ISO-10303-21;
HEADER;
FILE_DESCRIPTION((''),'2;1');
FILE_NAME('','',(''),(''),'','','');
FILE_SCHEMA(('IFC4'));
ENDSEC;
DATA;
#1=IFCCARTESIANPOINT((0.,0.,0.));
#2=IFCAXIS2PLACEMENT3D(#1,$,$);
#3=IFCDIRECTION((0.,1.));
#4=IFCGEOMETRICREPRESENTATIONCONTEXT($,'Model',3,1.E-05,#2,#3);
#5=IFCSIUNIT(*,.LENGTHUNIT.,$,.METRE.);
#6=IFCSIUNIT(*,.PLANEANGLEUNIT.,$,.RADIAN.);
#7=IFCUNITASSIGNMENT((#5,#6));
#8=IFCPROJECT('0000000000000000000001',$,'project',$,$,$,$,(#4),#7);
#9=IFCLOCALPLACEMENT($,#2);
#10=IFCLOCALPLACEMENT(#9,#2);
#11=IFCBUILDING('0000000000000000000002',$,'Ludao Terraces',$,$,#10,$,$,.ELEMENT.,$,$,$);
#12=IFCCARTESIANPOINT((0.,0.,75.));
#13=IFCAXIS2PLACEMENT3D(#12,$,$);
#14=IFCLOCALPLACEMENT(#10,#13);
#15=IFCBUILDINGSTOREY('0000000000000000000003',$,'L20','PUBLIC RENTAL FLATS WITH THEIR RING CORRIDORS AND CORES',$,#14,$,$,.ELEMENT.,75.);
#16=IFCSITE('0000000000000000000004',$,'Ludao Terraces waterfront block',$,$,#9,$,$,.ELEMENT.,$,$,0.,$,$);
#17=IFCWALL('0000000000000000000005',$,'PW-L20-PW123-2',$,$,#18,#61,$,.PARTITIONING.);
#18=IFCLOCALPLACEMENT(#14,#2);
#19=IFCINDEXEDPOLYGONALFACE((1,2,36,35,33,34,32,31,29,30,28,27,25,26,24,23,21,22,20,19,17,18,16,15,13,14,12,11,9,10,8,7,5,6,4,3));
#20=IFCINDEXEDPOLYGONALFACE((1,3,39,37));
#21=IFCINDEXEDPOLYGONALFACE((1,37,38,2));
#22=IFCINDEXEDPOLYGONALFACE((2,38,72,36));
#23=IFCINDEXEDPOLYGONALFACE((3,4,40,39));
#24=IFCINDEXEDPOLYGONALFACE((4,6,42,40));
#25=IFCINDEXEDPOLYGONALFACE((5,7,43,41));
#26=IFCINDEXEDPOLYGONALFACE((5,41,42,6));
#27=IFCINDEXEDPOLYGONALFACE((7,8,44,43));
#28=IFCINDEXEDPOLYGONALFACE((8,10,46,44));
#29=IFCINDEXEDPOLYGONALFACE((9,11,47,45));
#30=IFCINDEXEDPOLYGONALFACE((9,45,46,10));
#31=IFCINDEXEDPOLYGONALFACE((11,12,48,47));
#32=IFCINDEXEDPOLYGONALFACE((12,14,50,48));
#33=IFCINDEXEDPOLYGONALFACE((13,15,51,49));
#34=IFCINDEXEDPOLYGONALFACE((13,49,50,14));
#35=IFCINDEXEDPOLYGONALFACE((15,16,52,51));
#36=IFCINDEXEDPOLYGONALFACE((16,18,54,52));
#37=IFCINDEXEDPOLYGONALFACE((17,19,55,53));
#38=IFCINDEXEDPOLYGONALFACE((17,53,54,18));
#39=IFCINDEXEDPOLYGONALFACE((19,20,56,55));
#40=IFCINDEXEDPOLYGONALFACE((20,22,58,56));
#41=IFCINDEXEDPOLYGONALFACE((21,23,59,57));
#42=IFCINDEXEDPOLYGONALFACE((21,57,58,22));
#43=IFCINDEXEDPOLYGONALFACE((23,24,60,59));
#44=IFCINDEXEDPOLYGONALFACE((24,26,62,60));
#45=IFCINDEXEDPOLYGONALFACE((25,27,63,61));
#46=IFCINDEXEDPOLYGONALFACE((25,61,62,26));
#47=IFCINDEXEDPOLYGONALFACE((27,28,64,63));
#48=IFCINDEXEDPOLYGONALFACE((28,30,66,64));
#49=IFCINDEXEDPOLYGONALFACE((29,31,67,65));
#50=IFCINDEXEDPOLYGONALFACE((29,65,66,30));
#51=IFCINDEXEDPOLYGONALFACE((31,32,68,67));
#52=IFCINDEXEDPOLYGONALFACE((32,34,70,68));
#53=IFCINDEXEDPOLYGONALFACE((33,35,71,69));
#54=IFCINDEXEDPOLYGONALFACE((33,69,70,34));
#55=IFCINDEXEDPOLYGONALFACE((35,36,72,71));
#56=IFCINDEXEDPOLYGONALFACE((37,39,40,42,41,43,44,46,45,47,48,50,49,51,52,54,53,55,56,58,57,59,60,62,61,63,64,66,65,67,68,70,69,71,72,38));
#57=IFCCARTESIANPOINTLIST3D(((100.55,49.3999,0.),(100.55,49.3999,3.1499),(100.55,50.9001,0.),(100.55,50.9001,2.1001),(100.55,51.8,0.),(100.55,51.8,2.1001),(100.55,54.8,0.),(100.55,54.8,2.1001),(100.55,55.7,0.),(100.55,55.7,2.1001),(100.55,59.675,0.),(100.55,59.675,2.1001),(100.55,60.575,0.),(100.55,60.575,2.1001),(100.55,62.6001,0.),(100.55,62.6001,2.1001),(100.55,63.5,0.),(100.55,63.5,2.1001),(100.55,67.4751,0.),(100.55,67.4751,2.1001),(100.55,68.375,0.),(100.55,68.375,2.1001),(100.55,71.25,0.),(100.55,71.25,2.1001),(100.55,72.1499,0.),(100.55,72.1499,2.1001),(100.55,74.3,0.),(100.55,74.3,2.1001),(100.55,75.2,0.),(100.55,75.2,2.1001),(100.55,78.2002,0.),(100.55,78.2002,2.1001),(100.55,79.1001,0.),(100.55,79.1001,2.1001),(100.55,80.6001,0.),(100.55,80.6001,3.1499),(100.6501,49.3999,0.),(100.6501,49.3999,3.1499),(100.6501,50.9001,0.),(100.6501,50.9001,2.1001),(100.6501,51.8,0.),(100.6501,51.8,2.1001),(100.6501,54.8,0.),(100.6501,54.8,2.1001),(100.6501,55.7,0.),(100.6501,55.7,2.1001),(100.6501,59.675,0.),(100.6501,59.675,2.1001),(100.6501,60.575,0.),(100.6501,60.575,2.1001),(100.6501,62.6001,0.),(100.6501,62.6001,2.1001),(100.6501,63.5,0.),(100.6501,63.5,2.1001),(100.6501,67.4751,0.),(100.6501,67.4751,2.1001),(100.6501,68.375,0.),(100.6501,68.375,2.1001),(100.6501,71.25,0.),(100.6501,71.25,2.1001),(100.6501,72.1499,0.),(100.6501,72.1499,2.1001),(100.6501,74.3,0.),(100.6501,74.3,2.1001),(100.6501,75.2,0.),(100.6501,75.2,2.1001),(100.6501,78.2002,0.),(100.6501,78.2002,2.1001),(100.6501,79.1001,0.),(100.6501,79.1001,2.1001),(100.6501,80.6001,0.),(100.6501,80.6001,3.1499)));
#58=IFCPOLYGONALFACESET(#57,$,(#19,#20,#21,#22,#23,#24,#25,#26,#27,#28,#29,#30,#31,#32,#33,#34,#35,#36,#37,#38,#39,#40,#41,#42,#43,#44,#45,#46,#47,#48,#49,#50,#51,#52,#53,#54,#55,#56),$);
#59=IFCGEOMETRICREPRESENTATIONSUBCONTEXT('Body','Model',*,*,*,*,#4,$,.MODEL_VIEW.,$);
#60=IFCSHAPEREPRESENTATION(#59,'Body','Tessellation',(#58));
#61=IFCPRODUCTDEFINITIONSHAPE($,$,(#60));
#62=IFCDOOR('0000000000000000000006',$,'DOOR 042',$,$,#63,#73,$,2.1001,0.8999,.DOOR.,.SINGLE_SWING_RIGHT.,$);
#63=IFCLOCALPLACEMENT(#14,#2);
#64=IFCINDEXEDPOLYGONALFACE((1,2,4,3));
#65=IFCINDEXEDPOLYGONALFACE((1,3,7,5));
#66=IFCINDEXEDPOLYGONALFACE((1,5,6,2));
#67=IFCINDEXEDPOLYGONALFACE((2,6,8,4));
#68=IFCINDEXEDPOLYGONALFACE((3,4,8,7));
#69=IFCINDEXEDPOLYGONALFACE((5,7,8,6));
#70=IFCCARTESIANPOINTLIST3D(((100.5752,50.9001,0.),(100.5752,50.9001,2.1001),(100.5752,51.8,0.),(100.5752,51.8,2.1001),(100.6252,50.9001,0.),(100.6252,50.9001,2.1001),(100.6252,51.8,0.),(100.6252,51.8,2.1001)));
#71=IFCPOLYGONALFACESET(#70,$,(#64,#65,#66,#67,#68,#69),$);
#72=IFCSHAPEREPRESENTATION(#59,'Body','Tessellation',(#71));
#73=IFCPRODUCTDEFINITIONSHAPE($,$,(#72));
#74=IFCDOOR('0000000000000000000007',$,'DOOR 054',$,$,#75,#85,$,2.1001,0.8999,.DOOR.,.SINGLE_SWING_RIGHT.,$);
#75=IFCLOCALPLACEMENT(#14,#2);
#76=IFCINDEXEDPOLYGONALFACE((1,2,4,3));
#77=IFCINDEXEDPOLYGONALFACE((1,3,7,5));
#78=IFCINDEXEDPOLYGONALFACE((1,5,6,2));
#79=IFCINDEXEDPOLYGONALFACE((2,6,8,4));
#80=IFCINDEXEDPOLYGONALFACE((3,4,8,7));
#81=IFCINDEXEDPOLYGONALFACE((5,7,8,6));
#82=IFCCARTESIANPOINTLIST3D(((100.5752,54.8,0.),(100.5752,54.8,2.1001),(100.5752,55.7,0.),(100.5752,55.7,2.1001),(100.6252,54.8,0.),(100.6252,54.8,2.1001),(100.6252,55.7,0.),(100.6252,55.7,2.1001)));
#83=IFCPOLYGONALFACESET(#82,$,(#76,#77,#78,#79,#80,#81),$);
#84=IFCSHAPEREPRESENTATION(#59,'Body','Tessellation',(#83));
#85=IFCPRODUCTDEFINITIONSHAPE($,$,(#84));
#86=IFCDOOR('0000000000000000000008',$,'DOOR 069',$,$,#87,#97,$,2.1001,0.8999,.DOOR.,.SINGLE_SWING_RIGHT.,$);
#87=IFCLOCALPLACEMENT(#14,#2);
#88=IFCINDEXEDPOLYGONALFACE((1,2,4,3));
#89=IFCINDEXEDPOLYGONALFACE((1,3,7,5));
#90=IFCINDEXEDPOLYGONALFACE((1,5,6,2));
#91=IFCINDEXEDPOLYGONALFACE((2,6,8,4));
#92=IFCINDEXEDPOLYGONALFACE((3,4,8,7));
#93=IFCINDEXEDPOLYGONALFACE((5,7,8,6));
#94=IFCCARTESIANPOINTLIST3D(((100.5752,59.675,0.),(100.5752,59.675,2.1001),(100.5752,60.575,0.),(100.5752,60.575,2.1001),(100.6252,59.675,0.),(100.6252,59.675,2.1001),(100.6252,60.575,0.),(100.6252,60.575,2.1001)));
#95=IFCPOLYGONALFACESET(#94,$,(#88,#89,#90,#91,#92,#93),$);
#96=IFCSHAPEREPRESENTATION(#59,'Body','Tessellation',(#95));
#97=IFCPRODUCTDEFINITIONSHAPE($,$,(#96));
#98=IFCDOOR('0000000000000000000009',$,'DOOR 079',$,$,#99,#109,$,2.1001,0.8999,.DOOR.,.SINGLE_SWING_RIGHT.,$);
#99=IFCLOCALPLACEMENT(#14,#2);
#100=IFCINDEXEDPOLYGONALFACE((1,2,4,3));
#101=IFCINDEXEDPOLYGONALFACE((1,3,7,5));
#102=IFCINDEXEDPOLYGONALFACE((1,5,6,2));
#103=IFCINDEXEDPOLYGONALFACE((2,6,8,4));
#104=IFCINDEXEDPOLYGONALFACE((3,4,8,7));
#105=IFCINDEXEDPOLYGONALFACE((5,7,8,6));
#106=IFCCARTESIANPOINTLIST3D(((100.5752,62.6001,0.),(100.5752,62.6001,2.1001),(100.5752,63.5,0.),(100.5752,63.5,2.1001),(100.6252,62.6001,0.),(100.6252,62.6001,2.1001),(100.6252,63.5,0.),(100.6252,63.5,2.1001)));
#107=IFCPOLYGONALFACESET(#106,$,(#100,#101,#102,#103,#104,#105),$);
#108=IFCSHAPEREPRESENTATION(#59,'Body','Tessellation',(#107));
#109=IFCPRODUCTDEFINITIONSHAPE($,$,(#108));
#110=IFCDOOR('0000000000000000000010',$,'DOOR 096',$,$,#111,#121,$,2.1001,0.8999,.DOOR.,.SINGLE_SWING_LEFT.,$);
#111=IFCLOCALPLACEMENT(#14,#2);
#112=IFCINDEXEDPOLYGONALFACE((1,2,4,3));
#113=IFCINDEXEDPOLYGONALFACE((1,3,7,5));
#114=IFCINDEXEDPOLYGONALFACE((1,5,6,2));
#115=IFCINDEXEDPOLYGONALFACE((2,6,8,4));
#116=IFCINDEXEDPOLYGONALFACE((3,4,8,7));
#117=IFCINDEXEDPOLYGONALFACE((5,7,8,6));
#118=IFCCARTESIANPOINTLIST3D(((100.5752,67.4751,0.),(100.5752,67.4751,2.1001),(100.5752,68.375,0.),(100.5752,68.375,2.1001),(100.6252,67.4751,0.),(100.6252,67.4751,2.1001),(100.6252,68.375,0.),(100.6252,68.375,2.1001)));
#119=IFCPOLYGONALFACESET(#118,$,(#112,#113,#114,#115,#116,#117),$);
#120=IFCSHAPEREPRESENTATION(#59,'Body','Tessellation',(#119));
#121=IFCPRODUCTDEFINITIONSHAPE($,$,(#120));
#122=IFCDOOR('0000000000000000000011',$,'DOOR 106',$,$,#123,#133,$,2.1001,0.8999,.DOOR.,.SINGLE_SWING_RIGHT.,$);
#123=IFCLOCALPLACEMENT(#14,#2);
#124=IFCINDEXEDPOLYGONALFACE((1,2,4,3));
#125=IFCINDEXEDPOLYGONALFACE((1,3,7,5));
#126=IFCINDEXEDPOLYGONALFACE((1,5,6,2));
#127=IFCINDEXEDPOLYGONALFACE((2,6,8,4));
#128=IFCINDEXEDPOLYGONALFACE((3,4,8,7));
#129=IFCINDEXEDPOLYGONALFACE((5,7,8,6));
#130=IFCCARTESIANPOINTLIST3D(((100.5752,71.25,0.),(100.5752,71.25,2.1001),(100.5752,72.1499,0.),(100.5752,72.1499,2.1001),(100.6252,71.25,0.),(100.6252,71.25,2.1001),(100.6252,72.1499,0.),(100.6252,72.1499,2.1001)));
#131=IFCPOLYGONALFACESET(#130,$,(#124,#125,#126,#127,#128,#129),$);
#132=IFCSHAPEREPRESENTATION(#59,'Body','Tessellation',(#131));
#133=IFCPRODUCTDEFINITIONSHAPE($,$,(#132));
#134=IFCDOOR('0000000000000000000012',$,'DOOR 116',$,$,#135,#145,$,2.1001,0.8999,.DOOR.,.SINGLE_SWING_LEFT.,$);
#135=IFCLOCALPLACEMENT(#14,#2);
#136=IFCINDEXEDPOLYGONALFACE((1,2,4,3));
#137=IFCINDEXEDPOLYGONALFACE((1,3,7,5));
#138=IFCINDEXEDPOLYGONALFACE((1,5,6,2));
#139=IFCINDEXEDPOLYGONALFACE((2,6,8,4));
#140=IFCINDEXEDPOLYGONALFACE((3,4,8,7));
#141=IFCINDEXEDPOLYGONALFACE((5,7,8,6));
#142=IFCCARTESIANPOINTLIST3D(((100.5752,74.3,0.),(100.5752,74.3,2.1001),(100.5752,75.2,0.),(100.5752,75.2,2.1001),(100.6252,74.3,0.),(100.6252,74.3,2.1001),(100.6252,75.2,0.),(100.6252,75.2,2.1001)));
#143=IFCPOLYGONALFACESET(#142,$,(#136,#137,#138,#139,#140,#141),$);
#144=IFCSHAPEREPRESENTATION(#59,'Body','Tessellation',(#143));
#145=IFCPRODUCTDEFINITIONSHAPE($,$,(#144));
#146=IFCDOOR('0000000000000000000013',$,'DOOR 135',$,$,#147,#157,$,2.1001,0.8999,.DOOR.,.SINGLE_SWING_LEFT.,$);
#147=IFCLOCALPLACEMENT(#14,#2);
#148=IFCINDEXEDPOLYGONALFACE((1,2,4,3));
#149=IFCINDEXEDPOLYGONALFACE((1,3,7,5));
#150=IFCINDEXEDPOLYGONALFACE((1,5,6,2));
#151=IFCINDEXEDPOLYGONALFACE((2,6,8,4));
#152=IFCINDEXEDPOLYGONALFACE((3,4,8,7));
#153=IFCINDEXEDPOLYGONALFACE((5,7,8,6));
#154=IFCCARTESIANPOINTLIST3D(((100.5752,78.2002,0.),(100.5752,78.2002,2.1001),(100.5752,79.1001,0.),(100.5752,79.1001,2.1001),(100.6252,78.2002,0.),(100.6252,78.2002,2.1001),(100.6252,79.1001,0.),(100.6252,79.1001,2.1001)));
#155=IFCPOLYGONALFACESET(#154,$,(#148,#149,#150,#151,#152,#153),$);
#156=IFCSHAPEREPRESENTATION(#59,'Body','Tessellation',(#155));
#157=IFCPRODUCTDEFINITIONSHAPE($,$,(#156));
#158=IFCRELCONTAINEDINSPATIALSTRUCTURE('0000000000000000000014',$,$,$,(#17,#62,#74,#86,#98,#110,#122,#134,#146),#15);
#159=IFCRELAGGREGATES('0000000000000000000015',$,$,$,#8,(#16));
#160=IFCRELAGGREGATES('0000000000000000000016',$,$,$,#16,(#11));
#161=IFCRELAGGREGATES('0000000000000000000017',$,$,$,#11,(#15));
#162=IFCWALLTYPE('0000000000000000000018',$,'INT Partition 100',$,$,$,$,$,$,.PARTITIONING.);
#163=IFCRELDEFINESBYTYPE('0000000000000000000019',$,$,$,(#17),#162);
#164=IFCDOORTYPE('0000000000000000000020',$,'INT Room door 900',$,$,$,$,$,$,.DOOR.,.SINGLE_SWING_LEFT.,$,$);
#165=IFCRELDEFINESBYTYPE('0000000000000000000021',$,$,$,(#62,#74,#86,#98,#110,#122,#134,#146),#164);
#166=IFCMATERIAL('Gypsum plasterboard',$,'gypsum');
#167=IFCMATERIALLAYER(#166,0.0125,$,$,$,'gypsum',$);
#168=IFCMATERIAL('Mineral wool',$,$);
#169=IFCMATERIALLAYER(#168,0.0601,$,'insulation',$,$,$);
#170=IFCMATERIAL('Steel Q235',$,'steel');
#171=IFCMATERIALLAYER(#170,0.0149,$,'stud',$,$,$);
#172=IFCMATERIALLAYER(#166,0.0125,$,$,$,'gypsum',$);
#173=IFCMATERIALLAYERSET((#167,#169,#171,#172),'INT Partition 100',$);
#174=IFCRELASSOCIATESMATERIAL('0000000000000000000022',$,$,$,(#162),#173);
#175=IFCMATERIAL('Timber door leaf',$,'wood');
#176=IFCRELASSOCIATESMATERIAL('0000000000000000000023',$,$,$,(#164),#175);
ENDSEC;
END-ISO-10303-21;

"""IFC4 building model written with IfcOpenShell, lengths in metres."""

from ifc_helpers import new_model, si_unit, direction, frame, frame_2d, origin, place, context, subcontext, project, spatial, rectangle, extrude, material, layer, layer_set, type_object, element, fill, save


model = new_model("IFC4")

# Units and contexts
model_context = context("Model", 3, precision=1e-05, world=origin(), true_north=direction((0.0, 1.0)))
body_context = subcontext(model_context, "Body", "Model", "MODEL_VIEW")
ifc_project = project(units=[si_unit("LENGTHUNIT", "METRE"), si_unit("PLANEANGLEUNIT", "RADIAN")], contexts=[model_context])

# Site, building, storey
site_placement = place(None, origin())
site = spatial("IfcSite", under=ifc_project, at=site_placement, Name="Ludao Terraces waterfront block", CompositionType="ELEMENT", RefElevation=0.0)
building_placement = place(site_placement, origin())
building = spatial("IfcBuilding", under=site, at=building_placement, Name="Ludao Terraces", CompositionType="ELEMENT")
storey_placement = place(building_placement, frame((0.0, 0.0, 75.0)))
storey = spatial("IfcBuildingStorey", under=building, at=storey_placement, Name="L20", Description="PUBLIC RENTAL FLATS WITH THEIR RING CORRIDORS AND CORES", CompositionType="ELEMENT", Elevation=75.0)

# Shared definitions
ifc_material_1 = material(Name="Mineral wool")

# Wall, openings, doors
ifc_material_2 = material(Name="Gypsum plasterboard", Category="gypsum")
ifc_layer_1 = layer(ifc_material_2, 0.0125, Category="gypsum")
ifc_layer_2 = layer(ifc_material_1, 0.0601, Name="insulation")
ifc_material_3 = material(Name="Steel Q235", Category="steel")
ifc_layer_3 = layer(ifc_material_3, 0.0149, Name="stud")
ifc_layer_4 = layer(ifc_material_2, 0.0125, Category="gypsum")
ifc_layer_set_1 = layer_set([ifc_layer_1, ifc_layer_2, ifc_layer_3, ifc_layer_4], Name="INT Partition 100")
wall_type_1 = type_object("IfcWallType", Name="INT Partition 100", PredefinedType="PARTITIONING", material=ifc_layer_set_1)
wall_1_placement = place(storey_placement, frame((100.6001, 49.3999, 0.0), z_axis=(0.0, 0.0, 1.0), x_axis=(0.0, 1.0, 0.0)))
wall_1 = element("IfcWall", 1, at=wall_1_placement, inside=storey, type_object=wall_type_1, Name="PW-L20-PW123-2", PredefinedType="PARTITIONING", context=body_context, shape_type="SweptSolid", body=[
    extrude(rectangle(XDim=31.2002, YDim=0.1001, at=frame_2d((15.6001, 0.0))), origin(), (0.0, 0.0, 1.0), 3.1499),
])
opening_1_placement = place(wall_1_placement, frame((1.5002, 0.0, 0.0)))
opening_1 = element("IfcOpeningElement", 2, at=opening_1_placement, cuts=wall_1, PredefinedType="OPENING", context=body_context, shape_type="SweptSolid", body=[
    extrude(rectangle(XDim=0.8999, YDim=2.1001, at=frame_2d((0.45, 1.05))), frame((0.0, 0.0601, 0.0), z_axis=(0.0, -1.0, 0.0), x_axis=(1.0, 0.0, 0.0)), (0.0, 0.0, 1.0), 0.1201),
])
opening_2_placement = place(wall_1_placement, frame((5.4001, 0.0, 0.0)))
opening_2 = element("IfcOpeningElement", 3, at=opening_2_placement, cuts=wall_1, PredefinedType="OPENING", context=body_context, shape_type="SweptSolid", body=[
    extrude(rectangle(XDim=0.8999, YDim=2.1001, at=frame_2d((0.45, 1.05))), frame((0.0, 0.0601, 0.0), z_axis=(0.0, -1.0, 0.0), x_axis=(1.0, 0.0, 0.0)), (0.0, 0.0, 1.0), 0.1201),
])
opening_3_placement = place(wall_1_placement, frame((10.2751, 0.0, 0.0)))
opening_3 = element("IfcOpeningElement", 4, at=opening_3_placement, cuts=wall_1, PredefinedType="OPENING", context=body_context, shape_type="SweptSolid", body=[
    extrude(rectangle(XDim=0.8999, YDim=2.1001, at=frame_2d((0.45, 1.05))), frame((0.0, 0.0601, 0.0), z_axis=(0.0, -1.0, 0.0), x_axis=(1.0, 0.0, 0.0)), (0.0, 0.0, 1.0), 0.1201),
])
opening_4_placement = place(wall_1_placement, frame((13.2002, 0.0, 0.0)))
opening_4 = element("IfcOpeningElement", 5, at=opening_4_placement, cuts=wall_1, PredefinedType="OPENING", context=body_context, shape_type="SweptSolid", body=[
    extrude(rectangle(XDim=0.8999, YDim=2.1001, at=frame_2d((0.45, 1.05))), frame((0.0, 0.0601, 0.0), z_axis=(0.0, -1.0, 0.0), x_axis=(1.0, 0.0, 0.0)), (0.0, 0.0, 1.0), 0.1201),
])
opening_5_placement = place(wall_1_placement, frame((18.0752, 0.0, 0.0)))
opening_5 = element("IfcOpeningElement", 6, at=opening_5_placement, cuts=wall_1, PredefinedType="OPENING", context=body_context, shape_type="SweptSolid", body=[
    extrude(rectangle(XDim=0.8999, YDim=2.1001, at=frame_2d((0.45, 1.05))), frame((0.0, 0.0601, 0.0), z_axis=(0.0, -1.0, 0.0), x_axis=(1.0, 0.0, 0.0)), (0.0, 0.0, 1.0), 0.1201),
])
opening_6_placement = place(wall_1_placement, frame((21.8501, 0.0, 0.0)))
opening_6 = element("IfcOpeningElement", 7, at=opening_6_placement, cuts=wall_1, PredefinedType="OPENING", context=body_context, shape_type="SweptSolid", body=[
    extrude(rectangle(XDim=0.8999, YDim=2.1001, at=frame_2d((0.45, 1.05))), frame((0.0, 0.0601, 0.0), z_axis=(0.0, -1.0, 0.0), x_axis=(1.0, 0.0, 0.0)), (0.0, 0.0, 1.0), 0.1201),
])
opening_7_placement = place(wall_1_placement, frame((24.9001, 0.0, 0.0)))
opening_7 = element("IfcOpeningElement", 8, at=opening_7_placement, cuts=wall_1, PredefinedType="OPENING", context=body_context, shape_type="SweptSolid", body=[
    extrude(rectangle(XDim=0.8999, YDim=2.1001, at=frame_2d((0.45, 1.05))), frame((0.0, 0.0601, 0.0), z_axis=(0.0, -1.0, 0.0), x_axis=(1.0, 0.0, 0.0)), (0.0, 0.0, 1.0), 0.1201),
])
opening_8_placement = place(wall_1_placement, frame((28.8003, 0.0, 0.0)))
opening_8 = element("IfcOpeningElement", 9, at=opening_8_placement, cuts=wall_1, PredefinedType="OPENING", context=body_context, shape_type="SweptSolid", body=[
    extrude(rectangle(XDim=0.8999, YDim=2.1001, at=frame_2d((0.45, 1.05))), frame((0.0, 0.0601, 0.0), z_axis=(0.0, -1.0, 0.0), x_axis=(1.0, 0.0, 0.0)), (0.0, 0.0, 1.0), 0.1201),
])
ifc_material_4 = material(Name="Timber door leaf", Category="wood")
door_type = type_object("IfcDoorType", Name="INT Room door 900", OperationType="SINGLE_SWING_LEFT", PredefinedType="DOOR", material=ifc_material_4)
door_1_placement = place(opening_1_placement, origin())
door_1 = element("IfcDoor", 10, at=door_1_placement, inside=storey, type_object=door_type, Name="DOOR 042", OperationType="SINGLE_SWING_RIGHT", OverallHeight=2.1001, OverallWidth=0.8999, PredefinedType="DOOR", context=body_context, shape_type="SweptSolid", body=[
    extrude(rectangle(XDim=0.8999, YDim=2.1001, at=frame_2d((0.45, 1.05))), frame((0.0, 0.0249, 0.0), z_axis=(0.0, -1.0, 0.0), x_axis=(1.0, 0.0, 0.0)), (0.0, 0.0, 1.0), 0.05),
])
fill(opening_1, door_1)
door_2_placement = place(opening_2_placement, origin())
door_2 = element("IfcDoor", 11, at=door_2_placement, inside=storey, type_object=door_type, Name="DOOR 054", OperationType="SINGLE_SWING_RIGHT", OverallHeight=2.1001, OverallWidth=0.8999, PredefinedType="DOOR", context=body_context, shape_type="SweptSolid", body=[
    extrude(rectangle(XDim=0.8999, YDim=2.1001, at=frame_2d((0.45, 1.05))), frame((0.0, 0.0249, 0.0), z_axis=(0.0, -1.0, 0.0), x_axis=(1.0, 0.0, 0.0)), (0.0, 0.0, 1.0), 0.05),
])
fill(opening_2, door_2)
door_3_placement = place(opening_3_placement, origin())
door_3 = element("IfcDoor", 12, at=door_3_placement, inside=storey, type_object=door_type, Name="DOOR 069", OperationType="SINGLE_SWING_RIGHT", OverallHeight=2.1001, OverallWidth=0.8999, PredefinedType="DOOR", context=body_context, shape_type="SweptSolid", body=[
    extrude(rectangle(XDim=0.8999, YDim=2.1001, at=frame_2d((0.45, 1.05))), frame((0.0, 0.0249, 0.0), z_axis=(0.0, -1.0, 0.0), x_axis=(1.0, 0.0, 0.0)), (0.0, 0.0, 1.0), 0.05),
])
fill(opening_3, door_3)
door_4_placement = place(opening_4_placement, origin())
door_4 = element("IfcDoor", 13, at=door_4_placement, inside=storey, type_object=door_type, Name="DOOR 079", OperationType="SINGLE_SWING_RIGHT", OverallHeight=2.1001, OverallWidth=0.8999, PredefinedType="DOOR", context=body_context, shape_type="SweptSolid", body=[
    extrude(rectangle(XDim=0.8999, YDim=2.1001, at=frame_2d((0.45, 1.05))), frame((0.0, 0.0249, 0.0), z_axis=(0.0, -1.0, 0.0), x_axis=(1.0, 0.0, 0.0)), (0.0, 0.0, 1.0), 0.05),
])
fill(opening_4, door_4)
door_5_placement = place(opening_5_placement, origin())
door_5 = element("IfcDoor", 14, at=door_5_placement, inside=storey, type_object=door_type, Name="DOOR 096", OperationType="SINGLE_SWING_LEFT", OverallHeight=2.1001, OverallWidth=0.8999, PredefinedType="DOOR", context=body_context, shape_type="SweptSolid", body=[
    extrude(rectangle(XDim=0.8999, YDim=2.1001, at=frame_2d((0.45, 1.05))), frame((0.0, 0.0249, 0.0), z_axis=(0.0, -1.0, 0.0), x_axis=(1.0, 0.0, 0.0)), (0.0, 0.0, 1.0), 0.05),
])
fill(opening_5, door_5)
door_6_placement = place(opening_6_placement, origin())
door_6 = element("IfcDoor", 15, at=door_6_placement, inside=storey, type_object=door_type, Name="DOOR 106", OperationType="SINGLE_SWING_RIGHT", OverallHeight=2.1001, OverallWidth=0.8999, PredefinedType="DOOR", context=body_context, shape_type="SweptSolid", body=[
    extrude(rectangle(XDim=0.8999, YDim=2.1001, at=frame_2d((0.45, 1.05))), frame((0.0, 0.0249, 0.0), z_axis=(0.0, -1.0, 0.0), x_axis=(1.0, 0.0, 0.0)), (0.0, 0.0, 1.0), 0.05),
])
fill(opening_6, door_6)
door_7_placement = place(opening_7_placement, origin())
door_7 = element("IfcDoor", 16, at=door_7_placement, inside=storey, type_object=door_type, Name="DOOR 116", OperationType="SINGLE_SWING_LEFT", OverallHeight=2.1001, OverallWidth=0.8999, PredefinedType="DOOR", context=body_context, shape_type="SweptSolid", body=[
    extrude(rectangle(XDim=0.8999, YDim=2.1001, at=frame_2d((0.45, 1.05))), frame((0.0, 0.0249, 0.0), z_axis=(0.0, -1.0, 0.0), x_axis=(1.0, 0.0, 0.0)), (0.0, 0.0, 1.0), 0.05),
])
fill(opening_7, door_7)
door_8_placement = place(opening_8_placement, origin())
door_8 = element("IfcDoor", 17, at=door_8_placement, inside=storey, type_object=door_type, Name="DOOR 135", OperationType="SINGLE_SWING_LEFT", OverallHeight=2.1001, OverallWidth=0.8999, PredefinedType="DOOR", context=body_context, shape_type="SweptSolid", body=[
    extrude(rectangle(XDim=0.8999, YDim=2.1001, at=frame_2d((0.45, 1.05))), frame((0.0, 0.0249, 0.0), z_axis=(0.0, -1.0, 0.0), x_axis=(1.0, 0.0, 0.0)), (0.0, 0.0, 1.0), 0.05),
])
fill(opening_8, door_8)

save(model, "model.ifc")
